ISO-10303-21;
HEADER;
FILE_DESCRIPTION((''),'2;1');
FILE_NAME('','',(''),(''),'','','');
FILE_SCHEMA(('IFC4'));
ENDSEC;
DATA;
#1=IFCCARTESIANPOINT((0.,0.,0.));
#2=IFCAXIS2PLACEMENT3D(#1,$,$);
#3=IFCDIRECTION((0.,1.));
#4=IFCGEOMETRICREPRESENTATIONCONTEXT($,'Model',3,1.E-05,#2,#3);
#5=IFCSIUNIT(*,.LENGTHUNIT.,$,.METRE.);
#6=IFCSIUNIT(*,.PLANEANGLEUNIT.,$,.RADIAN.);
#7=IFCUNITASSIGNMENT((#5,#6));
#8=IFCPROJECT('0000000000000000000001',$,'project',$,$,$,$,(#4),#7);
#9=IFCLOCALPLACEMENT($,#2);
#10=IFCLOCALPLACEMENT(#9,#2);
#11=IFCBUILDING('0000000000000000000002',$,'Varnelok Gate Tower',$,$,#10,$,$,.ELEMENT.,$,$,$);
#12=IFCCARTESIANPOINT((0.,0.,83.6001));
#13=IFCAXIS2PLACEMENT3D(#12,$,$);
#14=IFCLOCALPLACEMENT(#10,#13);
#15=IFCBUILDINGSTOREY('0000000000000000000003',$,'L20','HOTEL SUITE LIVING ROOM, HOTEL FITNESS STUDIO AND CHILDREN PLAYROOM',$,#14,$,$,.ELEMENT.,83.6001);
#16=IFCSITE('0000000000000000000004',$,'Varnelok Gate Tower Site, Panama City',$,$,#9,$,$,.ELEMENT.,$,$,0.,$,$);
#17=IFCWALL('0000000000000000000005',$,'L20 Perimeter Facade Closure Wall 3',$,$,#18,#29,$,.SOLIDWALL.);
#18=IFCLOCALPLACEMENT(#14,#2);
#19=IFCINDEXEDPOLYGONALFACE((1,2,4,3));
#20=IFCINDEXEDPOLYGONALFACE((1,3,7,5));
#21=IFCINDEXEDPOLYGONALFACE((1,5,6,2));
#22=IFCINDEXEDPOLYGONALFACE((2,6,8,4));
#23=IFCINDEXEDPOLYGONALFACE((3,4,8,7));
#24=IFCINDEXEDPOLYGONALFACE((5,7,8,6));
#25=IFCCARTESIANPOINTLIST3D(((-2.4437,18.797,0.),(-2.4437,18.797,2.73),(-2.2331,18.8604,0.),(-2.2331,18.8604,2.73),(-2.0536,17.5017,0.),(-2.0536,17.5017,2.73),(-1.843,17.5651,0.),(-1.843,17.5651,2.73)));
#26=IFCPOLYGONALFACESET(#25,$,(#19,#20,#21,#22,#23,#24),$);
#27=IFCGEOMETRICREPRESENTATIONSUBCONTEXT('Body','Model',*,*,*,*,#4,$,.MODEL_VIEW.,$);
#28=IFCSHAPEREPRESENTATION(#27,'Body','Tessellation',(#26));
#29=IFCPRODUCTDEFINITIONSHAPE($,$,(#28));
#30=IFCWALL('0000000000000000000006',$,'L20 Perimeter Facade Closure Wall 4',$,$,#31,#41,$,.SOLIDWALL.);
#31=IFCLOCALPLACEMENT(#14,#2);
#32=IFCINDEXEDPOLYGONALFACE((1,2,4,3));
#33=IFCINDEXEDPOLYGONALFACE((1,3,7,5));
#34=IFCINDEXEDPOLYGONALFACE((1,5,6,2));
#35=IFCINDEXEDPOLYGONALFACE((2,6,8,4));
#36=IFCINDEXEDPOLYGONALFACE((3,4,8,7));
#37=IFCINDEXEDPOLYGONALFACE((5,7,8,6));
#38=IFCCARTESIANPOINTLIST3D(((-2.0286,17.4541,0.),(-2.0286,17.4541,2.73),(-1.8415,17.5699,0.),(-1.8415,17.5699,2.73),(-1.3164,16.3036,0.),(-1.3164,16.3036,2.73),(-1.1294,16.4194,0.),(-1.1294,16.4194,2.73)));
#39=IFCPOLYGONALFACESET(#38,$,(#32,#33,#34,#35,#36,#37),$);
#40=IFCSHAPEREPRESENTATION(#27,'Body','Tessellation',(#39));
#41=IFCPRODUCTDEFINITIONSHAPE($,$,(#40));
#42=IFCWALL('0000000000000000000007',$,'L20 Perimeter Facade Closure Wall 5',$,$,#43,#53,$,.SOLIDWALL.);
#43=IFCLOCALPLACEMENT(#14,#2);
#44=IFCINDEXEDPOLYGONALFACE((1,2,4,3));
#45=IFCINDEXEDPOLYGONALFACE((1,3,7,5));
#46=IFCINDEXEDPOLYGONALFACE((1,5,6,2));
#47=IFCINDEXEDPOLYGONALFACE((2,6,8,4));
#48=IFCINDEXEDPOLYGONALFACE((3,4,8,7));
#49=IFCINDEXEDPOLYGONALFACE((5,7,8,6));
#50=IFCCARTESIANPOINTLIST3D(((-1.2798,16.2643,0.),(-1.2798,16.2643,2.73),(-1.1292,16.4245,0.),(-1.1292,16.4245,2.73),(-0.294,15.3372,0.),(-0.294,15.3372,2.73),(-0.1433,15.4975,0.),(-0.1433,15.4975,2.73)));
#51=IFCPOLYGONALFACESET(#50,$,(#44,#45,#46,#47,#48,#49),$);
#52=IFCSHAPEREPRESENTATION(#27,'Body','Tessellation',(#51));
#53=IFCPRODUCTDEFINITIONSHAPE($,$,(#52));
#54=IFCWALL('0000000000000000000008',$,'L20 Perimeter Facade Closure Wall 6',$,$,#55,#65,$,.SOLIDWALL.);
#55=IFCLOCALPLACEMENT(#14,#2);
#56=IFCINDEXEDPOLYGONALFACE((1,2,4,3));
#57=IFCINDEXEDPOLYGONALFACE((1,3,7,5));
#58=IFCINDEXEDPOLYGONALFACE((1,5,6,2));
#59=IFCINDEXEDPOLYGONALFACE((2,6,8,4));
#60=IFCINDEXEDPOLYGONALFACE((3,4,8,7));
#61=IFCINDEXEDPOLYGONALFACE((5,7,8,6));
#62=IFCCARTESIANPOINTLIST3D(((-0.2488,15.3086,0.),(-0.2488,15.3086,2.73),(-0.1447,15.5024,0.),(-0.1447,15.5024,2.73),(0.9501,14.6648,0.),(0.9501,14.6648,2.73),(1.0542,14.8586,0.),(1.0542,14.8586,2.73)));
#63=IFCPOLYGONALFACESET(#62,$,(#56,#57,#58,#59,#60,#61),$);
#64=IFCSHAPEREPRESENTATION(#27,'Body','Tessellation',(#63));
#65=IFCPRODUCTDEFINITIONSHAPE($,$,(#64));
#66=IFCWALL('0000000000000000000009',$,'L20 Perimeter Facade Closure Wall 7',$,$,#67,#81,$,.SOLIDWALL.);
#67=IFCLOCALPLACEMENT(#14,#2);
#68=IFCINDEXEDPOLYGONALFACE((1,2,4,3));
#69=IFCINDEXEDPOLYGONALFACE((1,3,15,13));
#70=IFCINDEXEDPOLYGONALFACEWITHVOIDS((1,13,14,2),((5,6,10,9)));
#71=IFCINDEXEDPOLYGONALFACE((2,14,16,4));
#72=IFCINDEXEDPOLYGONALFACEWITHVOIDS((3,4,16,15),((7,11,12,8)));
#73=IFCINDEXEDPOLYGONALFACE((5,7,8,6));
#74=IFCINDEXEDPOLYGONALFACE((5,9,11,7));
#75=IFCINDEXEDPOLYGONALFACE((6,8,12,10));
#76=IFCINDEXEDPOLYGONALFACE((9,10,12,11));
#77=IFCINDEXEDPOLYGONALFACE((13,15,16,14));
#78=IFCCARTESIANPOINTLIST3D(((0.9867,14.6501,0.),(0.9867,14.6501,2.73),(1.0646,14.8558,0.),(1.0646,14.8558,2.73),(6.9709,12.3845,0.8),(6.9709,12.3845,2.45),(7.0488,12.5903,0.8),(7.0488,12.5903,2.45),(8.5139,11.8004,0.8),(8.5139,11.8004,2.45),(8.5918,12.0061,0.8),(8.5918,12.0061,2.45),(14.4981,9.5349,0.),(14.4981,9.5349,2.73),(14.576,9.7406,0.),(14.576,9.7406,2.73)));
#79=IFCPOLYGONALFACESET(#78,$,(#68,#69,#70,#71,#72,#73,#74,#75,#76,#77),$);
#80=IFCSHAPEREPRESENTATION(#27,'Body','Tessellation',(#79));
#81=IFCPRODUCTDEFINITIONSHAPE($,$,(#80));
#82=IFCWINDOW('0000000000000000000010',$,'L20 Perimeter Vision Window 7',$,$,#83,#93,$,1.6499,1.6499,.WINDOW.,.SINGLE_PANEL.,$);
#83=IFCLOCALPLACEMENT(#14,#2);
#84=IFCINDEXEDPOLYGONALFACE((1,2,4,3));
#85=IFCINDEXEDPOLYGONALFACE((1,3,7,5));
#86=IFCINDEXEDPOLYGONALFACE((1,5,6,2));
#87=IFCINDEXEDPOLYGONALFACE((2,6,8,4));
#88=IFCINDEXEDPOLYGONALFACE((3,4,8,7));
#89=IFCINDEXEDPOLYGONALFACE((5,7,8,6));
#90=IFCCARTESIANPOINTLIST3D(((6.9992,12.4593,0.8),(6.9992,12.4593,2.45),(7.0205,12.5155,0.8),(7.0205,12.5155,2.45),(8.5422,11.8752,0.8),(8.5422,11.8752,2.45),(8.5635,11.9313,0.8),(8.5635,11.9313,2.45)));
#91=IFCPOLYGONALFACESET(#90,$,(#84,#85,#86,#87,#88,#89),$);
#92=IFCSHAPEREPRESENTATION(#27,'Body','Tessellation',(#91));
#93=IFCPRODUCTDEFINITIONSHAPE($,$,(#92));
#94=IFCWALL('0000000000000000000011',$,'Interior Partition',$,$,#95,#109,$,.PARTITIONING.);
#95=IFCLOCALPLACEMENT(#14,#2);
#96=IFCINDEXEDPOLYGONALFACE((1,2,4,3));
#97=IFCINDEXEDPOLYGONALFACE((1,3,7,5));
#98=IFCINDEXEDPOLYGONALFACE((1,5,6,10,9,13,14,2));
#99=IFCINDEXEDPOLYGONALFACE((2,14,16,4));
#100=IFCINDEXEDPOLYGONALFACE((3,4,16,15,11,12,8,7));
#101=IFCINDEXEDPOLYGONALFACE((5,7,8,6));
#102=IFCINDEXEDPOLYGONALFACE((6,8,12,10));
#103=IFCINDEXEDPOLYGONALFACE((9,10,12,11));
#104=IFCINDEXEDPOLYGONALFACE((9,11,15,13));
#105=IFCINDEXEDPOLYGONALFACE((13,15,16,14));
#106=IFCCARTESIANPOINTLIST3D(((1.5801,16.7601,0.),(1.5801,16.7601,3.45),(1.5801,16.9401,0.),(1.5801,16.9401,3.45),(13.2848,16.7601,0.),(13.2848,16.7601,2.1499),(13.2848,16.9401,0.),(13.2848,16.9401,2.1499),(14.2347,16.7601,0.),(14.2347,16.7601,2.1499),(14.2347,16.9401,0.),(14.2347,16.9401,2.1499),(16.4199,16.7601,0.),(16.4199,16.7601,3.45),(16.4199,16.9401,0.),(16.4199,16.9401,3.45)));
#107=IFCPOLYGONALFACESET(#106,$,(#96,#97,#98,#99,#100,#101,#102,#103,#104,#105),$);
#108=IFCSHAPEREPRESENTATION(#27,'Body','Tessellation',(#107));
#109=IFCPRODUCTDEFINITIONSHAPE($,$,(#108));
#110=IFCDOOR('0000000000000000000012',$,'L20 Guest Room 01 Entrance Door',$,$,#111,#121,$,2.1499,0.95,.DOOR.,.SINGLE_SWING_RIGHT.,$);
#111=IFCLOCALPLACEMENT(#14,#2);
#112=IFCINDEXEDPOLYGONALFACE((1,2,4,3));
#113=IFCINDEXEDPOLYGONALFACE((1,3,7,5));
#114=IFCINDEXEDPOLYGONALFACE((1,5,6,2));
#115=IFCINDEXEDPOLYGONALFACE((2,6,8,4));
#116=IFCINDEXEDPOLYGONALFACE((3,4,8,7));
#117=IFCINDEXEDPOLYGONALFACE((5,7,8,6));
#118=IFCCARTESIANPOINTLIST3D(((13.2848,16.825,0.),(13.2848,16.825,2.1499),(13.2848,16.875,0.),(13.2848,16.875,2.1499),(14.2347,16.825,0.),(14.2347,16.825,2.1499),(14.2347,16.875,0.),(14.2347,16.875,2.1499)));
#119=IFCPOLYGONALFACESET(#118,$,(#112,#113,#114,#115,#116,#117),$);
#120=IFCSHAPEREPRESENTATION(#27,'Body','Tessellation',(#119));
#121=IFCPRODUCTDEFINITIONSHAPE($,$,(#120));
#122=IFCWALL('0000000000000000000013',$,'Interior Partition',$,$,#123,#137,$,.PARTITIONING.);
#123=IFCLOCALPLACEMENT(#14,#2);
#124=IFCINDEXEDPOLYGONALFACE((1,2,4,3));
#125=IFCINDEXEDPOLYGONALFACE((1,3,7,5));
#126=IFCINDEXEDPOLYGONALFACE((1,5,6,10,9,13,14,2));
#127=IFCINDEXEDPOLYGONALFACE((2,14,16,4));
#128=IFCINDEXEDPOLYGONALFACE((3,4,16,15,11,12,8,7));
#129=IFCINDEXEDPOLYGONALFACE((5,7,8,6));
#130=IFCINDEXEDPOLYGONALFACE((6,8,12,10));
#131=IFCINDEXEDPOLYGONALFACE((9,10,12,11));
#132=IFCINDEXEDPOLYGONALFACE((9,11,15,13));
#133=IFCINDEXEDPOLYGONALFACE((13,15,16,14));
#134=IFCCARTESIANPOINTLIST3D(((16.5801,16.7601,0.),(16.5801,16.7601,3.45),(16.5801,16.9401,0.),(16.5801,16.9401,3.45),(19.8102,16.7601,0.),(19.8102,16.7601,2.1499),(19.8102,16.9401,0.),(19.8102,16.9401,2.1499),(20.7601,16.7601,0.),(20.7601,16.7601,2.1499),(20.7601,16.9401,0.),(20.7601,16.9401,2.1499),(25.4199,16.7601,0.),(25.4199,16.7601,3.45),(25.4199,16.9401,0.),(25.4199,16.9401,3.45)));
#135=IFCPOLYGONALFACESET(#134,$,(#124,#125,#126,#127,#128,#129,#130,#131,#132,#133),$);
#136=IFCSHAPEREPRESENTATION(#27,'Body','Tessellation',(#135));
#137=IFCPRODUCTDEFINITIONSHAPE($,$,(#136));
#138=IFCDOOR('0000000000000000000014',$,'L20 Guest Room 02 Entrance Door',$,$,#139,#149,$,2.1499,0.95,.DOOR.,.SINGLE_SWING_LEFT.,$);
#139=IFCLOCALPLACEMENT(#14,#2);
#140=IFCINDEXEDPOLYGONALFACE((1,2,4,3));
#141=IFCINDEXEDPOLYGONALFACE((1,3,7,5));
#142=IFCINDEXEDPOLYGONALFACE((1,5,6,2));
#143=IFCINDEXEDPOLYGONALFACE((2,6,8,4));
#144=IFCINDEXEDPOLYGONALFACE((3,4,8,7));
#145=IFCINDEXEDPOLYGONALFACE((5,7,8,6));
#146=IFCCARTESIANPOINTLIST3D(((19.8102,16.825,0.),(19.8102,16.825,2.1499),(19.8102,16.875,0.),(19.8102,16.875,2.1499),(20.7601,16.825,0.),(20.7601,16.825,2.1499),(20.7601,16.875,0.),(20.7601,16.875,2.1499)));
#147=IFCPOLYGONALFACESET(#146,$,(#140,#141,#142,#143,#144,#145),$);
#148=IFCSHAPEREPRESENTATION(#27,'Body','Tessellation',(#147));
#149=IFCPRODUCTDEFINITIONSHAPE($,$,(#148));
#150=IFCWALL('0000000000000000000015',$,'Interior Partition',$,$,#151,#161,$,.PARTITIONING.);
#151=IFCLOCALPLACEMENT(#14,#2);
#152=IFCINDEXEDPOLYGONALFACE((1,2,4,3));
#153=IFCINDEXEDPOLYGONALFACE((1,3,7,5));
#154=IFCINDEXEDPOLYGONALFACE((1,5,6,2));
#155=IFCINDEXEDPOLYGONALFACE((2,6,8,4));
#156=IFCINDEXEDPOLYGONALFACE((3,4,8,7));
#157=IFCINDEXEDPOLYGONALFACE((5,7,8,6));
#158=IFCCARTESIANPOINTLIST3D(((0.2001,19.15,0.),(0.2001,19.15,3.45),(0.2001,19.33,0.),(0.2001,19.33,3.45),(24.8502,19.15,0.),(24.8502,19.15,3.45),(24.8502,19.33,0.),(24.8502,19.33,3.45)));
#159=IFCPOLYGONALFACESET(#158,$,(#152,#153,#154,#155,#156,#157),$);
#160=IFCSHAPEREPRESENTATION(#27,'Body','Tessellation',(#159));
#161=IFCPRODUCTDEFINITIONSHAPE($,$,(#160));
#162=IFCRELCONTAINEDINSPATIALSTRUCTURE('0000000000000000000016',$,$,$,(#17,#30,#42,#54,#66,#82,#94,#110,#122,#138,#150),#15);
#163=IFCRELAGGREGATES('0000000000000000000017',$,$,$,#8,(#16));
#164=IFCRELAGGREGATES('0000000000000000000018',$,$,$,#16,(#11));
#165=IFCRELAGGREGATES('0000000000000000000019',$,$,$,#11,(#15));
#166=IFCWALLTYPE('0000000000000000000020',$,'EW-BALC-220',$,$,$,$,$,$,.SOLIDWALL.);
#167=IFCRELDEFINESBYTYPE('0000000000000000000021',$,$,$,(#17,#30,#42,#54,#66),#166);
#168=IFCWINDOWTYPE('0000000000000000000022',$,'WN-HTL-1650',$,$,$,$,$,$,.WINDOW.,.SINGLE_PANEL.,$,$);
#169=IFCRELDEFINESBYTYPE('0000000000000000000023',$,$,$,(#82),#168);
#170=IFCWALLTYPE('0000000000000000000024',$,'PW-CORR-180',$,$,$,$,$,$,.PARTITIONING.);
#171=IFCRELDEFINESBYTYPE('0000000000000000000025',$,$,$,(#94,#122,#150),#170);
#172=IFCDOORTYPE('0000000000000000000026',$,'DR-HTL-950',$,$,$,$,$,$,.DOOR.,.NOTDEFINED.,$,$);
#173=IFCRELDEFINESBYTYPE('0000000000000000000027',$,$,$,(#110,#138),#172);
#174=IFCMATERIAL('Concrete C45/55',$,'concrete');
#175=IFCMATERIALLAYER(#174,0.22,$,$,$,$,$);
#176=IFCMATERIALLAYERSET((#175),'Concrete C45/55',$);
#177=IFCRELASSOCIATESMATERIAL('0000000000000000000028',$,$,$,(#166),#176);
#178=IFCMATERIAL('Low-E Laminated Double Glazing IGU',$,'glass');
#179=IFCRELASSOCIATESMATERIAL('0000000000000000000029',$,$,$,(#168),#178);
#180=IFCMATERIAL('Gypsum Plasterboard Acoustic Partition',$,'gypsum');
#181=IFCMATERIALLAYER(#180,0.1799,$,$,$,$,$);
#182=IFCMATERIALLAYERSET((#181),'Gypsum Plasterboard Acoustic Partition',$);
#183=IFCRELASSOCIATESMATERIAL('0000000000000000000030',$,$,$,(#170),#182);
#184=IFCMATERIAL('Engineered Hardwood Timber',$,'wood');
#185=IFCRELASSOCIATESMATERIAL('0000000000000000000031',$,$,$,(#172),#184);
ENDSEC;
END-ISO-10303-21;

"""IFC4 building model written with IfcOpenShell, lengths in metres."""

from ifc_helpers import new_model, si_unit, direction, frame, frame_2d, origin, place, context, subcontext, project, spatial, rectangle, extrude, material, layer, layer_set, type_object, element, fill, save


model = new_model("IFC4")

# Units and contexts
model_context = context("Model", 3, precision=1e-05, world=origin(), true_north=direction((0.0, 1.0)))
body_context = subcontext(model_context, "Body", "Model", "MODEL_VIEW")
ifc_project = project(units=[si_unit("LENGTHUNIT", "METRE"), si_unit("PLANEANGLEUNIT", "RADIAN")], contexts=[model_context])

# Site, building, storey
site_placement = place(None, origin())
site = spatial("IfcSite", under=ifc_project, at=site_placement, Name="Varnelok Gate Tower Site, Panama City", CompositionType="ELEMENT", RefElevation=0.0)
building_placement = place(site_placement, origin())
building = spatial("IfcBuilding", under=site, at=building_placement, Name="Varnelok Gate Tower", CompositionType="ELEMENT")
storey_placement = place(building_placement, frame((0.0, 0.0, 83.6001)))
storey = spatial("IfcBuildingStorey", under=building, at=storey_placement, Name="L20", Description="HOTEL SUITE LIVING ROOM, HOTEL FITNESS STUDIO AND CHILDREN PLAYROOM", CompositionType="ELEMENT", Elevation=83.6001)

# Shared definitions
ifc_material_1 = material(Name="Low-E Laminated Double Glazing IGU", Category="glass")

# Walls
ifc_material_2 = material(Name="Concrete C45/55", Category="concrete")
ifc_layer_1 = layer(ifc_material_2, 0.22)
ifc_layer_set_1 = layer_set([ifc_layer_1], Name="Concrete C45/55")
wall_type_1 = type_object("IfcWallType", Name="EW-BALC-220", PredefinedType="SOLIDWALL", material=ifc_layer_set_1)
wall_1_placement = place(storey_placement, frame((-2.3384, 18.8286, 0.0), z_axis=(0.0, 0.0, 1.0), x_axis=(0.288374, -0.957518, 0.0)))
element("IfcWall", 1, at=wall_1_placement, inside=storey, type_object=wall_type_1, Name="L20 Perimeter Facade Closure Wall 3", PredefinedType="SOLIDWALL", context=body_context, shape_type="SweptSolid", body=[
    extrude(rectangle(XDim=1.3528, YDim=0.22, at=frame_2d((0.6763, 0.0))), origin(), (0.0, 0.0, 1.0), 2.73),
])
wall_2_placement = place(storey_placement, frame((-1.9351, 17.512, 0.0), z_axis=(0.0, 0.0, 1.0), x_axis=(0.526361, -0.850261, 0.0)))
element("IfcWall", 2, at=wall_2_placement, inside=storey, type_object=wall_type_1, Name="L20 Perimeter Facade Closure Wall 4", PredefinedType="SOLIDWALL", context=body_context, shape_type="SweptSolid", body=[
    extrude(rectangle(XDim=1.353, YDim=0.22, at=frame_2d((0.6765, 0.0))), origin(), (0.0, 0.0, 1.0), 2.73),
])
wall_3_placement = place(storey_placement, frame((-1.2046, 16.3445, 0.0), z_axis=(0.0, 0.0, 1.0), x_axis=(0.728512, -0.685033, 0.0)))
element("IfcWall", 3, at=wall_3_placement, inside=storey, type_object=wall_type_1, Name="L20 Perimeter Facade Closure Wall 5", PredefinedType="SOLIDWALL", context=body_context, shape_type="SweptSolid", body=[
    extrude(rectangle(XDim=1.3533, YDim=0.22, at=frame_2d((0.6768, 0.0))), origin(), (0.0, 0.0, 1.0), 2.73),
])
wall_4_placement = place(storey_placement, frame((-0.1968, 15.4055, 0.0), z_axis=(0.0, 0.0, 1.0), x_axis=(0.881024, -0.473072, 0.0)))
element("IfcWall", 4, at=wall_4_placement, inside=storey, type_object=wall_type_1, Name="L20 Perimeter Facade Closure Wall 6", PredefinedType="SOLIDWALL", context=body_context, shape_type="SweptSolid", body=[
    extrude(rectangle(XDim=1.3608, YDim=0.22, at=frame_2d((0.6804, 0.0))), origin(), (0.0, 0.0, 1.0), 2.73),
])

# Wall, opening, window
wall_5_placement = place(storey_placement, frame((1.0256, 14.7529, 0.0), z_axis=(0.0, 0.0, 1.0), x_axis=(0.935222, -0.354061, 0.0)))
wall_5 = element("IfcWall", 5, at=wall_5_placement, inside=storey, type_object=wall_type_1, Name="L20 Perimeter Facade Closure Wall 7", PredefinedType="SOLIDWALL", context=body_context, shape_type="SweptSolid", body=[
    extrude(rectangle(XDim=14.4473, YDim=0.22, at=frame_2d((7.2236, 0.0))), origin(), (0.0, 0.0, 1.0), 2.73),
])
opening_1_placement = place(wall_5_placement, frame((6.3987, 0.0, 0.8)))
opening_1 = element("IfcOpeningElement", 6, at=opening_1_placement, cuts=wall_5, PredefinedType="OPENING", context=body_context, shape_type="SweptSolid", body=[
    extrude(rectangle(XDim=1.6499, YDim=1.6499, at=frame_2d((0.825, 0.825))), frame((0.0, 0.1199, 0.0), z_axis=(0.0, -1.0, 0.0), x_axis=(1.0, 0.0, 0.0)), (0.0, 0.0, 1.0), 0.24),
])
window_type = type_object("IfcWindowType", Name="WN-HTL-1650", PartitioningType="SINGLE_PANEL", PredefinedType="WINDOW", material=ifc_material_1)
window_placement = place(opening_1_placement, origin())
window = element("IfcWindow", 7, at=window_placement, inside=storey, type_object=window_type, Name="L20 Perimeter Vision Window 7", OverallHeight=1.6499, OverallWidth=1.6499, PartitioningType="SINGLE_PANEL", PredefinedType="WINDOW", context=body_context, shape_type="SweptSolid", body=[
    extrude(rectangle(XDim=1.6499, YDim=1.6499, at=frame_2d((0.825, 0.825))), frame((0.0, 0.03, 0.0), z_axis=(0.0, -1.0, 0.0), x_axis=(1.0, 0.0, 0.0)), (0.0, 0.0, 1.0), 0.0601),
])
fill(opening_1, window)

# Walls, openings, doors
ifc_material_3 = material(Name="Gypsum Plasterboard Acoustic Partition", Category="gypsum")
ifc_layer_2 = layer(ifc_material_3, 0.1799)
ifc_layer_set_2 = layer_set([ifc_layer_2], Name="Gypsum Plasterboard Acoustic Partition")
wall_type_2 = type_object("IfcWallType", Name="PW-CORR-180", PredefinedType="PARTITIONING", material=ifc_layer_set_2)
wall_6_placement = place(storey_placement, frame((1.5801, 16.8501, 0.0), z_axis=(0.0, 0.0, 1.0), x_axis=(1.0, 0.0, 0.0)))
wall_6 = element("IfcWall", 8, at=wall_6_placement, inside=storey, type_object=wall_type_2, Name="Interior Partition", PredefinedType="PARTITIONING", context=body_context, shape_type="SweptSolid", body=[
    extrude(rectangle(XDim=14.8398, YDim=0.1799, at=frame_2d((7.4199, 0.0))), origin(), (0.0, 0.0, 1.0), 3.45),
])
opening_2_placement = place(wall_6_placement, frame((11.7046, 0.0, 0.0)))
opening_2 = element("IfcOpeningElement", 9, at=opening_2_placement, cuts=wall_6, PredefinedType="OPENING", context=body_context, shape_type="SweptSolid", body=[
    extrude(rectangle(XDim=0.95, YDim=2.1499, at=frame_2d((0.4751, 1.075))), frame((0.0, 0.0999, 0.0), z_axis=(0.0, -1.0, 0.0), x_axis=(1.0, 0.0, 0.0)), (0.0, 0.0, 1.0), 0.2),
])
ifc_material_4 = material(Name="Engineered Hardwood Timber", Category="wood")
door_type_1 = type_object("IfcDoorType", Name="DR-HTL-950", OperationType="NOTDEFINED", PredefinedType="DOOR", material=ifc_material_4)
door_1_placement = place(opening_2_placement, origin())
door_1 = element("IfcDoor", 10, at=door_1_placement, inside=storey, type_object=door_type_1, Name="L20 Guest Room 01 Entrance Door", OperationType="SINGLE_SWING_RIGHT", OverallHeight=2.1499, OverallWidth=0.95, PredefinedType="DOOR", context=body_context, shape_type="SweptSolid", body=[
    extrude(rectangle(XDim=0.95, YDim=2.1499, at=frame_2d((0.4751, 1.075))), frame((0.0, 0.0249, 0.0), z_axis=(0.0, -1.0, 0.0), x_axis=(1.0, 0.0, 0.0)), (0.0, 0.0, 1.0), 0.05),
])
fill(opening_2, door_1)
wall_7_placement = place(storey_placement, frame((16.5801, 16.8501, 0.0), z_axis=(0.0, 0.0, 1.0), x_axis=(1.0, 0.0, 0.0)))
wall_7 = element("IfcWall", 11, at=wall_7_placement, inside=storey, type_object=wall_type_2, Name="Interior Partition", PredefinedType="PARTITIONING", context=body_context, shape_type="SweptSolid", body=[
    extrude(rectangle(XDim=8.8398, YDim=0.1799, at=frame_2d((4.4199, 0.0))), origin(), (0.0, 0.0, 1.0), 3.45),
])
opening_3_placement = place(wall_7_placement, frame((3.23, 0.0, 0.0)))
opening_3 = element("IfcOpeningElement", 12, at=opening_3_placement, cuts=wall_7, PredefinedType="OPENING", context=body_context, shape_type="SweptSolid", body=[
    extrude(rectangle(XDim=0.95, YDim=2.1499, at=frame_2d((0.4751, 1.075))), frame((0.0, 0.0999, 0.0), z_axis=(0.0, -1.0, 0.0), x_axis=(1.0, 0.0, 0.0)), (0.0, 0.0, 1.0), 0.2),
])
door_2_placement = place(opening_3_placement, origin())
door_2 = element("IfcDoor", 13, at=door_2_placement, inside=storey, type_object=door_type_1, Name="L20 Guest Room 02 Entrance Door", OperationType="SINGLE_SWING_LEFT", OverallHeight=2.1499, OverallWidth=0.95, PredefinedType="DOOR", context=body_context, shape_type="SweptSolid", body=[
    extrude(rectangle(XDim=0.95, YDim=2.1499, at=frame_2d((0.4751, 1.075))), frame((0.0, 0.0249, 0.0), z_axis=(0.0, -1.0, 0.0), x_axis=(1.0, 0.0, 0.0)), (0.0, 0.0, 1.0), 0.05),
])
fill(opening_3, door_2)

# Wall
wall_8_placement = place(storey_placement, frame((0.2, 19.24, 0.0), z_axis=(0.0, 0.0, 1.0), x_axis=(1.0, 0.0, 0.0)))
element("IfcWall", 14, at=wall_8_placement, inside=storey, type_object=wall_type_2, Name="Interior Partition", PredefinedType="PARTITIONING", context=body_context, shape_type="SweptSolid", body=[
    extrude(rectangle(XDim=24.6501, YDim=0.1799, at=frame_2d((12.3252, 0.0))), origin(), (0.0, 0.0, 1.0), 3.45),
])

save(model, "model.ifc")
